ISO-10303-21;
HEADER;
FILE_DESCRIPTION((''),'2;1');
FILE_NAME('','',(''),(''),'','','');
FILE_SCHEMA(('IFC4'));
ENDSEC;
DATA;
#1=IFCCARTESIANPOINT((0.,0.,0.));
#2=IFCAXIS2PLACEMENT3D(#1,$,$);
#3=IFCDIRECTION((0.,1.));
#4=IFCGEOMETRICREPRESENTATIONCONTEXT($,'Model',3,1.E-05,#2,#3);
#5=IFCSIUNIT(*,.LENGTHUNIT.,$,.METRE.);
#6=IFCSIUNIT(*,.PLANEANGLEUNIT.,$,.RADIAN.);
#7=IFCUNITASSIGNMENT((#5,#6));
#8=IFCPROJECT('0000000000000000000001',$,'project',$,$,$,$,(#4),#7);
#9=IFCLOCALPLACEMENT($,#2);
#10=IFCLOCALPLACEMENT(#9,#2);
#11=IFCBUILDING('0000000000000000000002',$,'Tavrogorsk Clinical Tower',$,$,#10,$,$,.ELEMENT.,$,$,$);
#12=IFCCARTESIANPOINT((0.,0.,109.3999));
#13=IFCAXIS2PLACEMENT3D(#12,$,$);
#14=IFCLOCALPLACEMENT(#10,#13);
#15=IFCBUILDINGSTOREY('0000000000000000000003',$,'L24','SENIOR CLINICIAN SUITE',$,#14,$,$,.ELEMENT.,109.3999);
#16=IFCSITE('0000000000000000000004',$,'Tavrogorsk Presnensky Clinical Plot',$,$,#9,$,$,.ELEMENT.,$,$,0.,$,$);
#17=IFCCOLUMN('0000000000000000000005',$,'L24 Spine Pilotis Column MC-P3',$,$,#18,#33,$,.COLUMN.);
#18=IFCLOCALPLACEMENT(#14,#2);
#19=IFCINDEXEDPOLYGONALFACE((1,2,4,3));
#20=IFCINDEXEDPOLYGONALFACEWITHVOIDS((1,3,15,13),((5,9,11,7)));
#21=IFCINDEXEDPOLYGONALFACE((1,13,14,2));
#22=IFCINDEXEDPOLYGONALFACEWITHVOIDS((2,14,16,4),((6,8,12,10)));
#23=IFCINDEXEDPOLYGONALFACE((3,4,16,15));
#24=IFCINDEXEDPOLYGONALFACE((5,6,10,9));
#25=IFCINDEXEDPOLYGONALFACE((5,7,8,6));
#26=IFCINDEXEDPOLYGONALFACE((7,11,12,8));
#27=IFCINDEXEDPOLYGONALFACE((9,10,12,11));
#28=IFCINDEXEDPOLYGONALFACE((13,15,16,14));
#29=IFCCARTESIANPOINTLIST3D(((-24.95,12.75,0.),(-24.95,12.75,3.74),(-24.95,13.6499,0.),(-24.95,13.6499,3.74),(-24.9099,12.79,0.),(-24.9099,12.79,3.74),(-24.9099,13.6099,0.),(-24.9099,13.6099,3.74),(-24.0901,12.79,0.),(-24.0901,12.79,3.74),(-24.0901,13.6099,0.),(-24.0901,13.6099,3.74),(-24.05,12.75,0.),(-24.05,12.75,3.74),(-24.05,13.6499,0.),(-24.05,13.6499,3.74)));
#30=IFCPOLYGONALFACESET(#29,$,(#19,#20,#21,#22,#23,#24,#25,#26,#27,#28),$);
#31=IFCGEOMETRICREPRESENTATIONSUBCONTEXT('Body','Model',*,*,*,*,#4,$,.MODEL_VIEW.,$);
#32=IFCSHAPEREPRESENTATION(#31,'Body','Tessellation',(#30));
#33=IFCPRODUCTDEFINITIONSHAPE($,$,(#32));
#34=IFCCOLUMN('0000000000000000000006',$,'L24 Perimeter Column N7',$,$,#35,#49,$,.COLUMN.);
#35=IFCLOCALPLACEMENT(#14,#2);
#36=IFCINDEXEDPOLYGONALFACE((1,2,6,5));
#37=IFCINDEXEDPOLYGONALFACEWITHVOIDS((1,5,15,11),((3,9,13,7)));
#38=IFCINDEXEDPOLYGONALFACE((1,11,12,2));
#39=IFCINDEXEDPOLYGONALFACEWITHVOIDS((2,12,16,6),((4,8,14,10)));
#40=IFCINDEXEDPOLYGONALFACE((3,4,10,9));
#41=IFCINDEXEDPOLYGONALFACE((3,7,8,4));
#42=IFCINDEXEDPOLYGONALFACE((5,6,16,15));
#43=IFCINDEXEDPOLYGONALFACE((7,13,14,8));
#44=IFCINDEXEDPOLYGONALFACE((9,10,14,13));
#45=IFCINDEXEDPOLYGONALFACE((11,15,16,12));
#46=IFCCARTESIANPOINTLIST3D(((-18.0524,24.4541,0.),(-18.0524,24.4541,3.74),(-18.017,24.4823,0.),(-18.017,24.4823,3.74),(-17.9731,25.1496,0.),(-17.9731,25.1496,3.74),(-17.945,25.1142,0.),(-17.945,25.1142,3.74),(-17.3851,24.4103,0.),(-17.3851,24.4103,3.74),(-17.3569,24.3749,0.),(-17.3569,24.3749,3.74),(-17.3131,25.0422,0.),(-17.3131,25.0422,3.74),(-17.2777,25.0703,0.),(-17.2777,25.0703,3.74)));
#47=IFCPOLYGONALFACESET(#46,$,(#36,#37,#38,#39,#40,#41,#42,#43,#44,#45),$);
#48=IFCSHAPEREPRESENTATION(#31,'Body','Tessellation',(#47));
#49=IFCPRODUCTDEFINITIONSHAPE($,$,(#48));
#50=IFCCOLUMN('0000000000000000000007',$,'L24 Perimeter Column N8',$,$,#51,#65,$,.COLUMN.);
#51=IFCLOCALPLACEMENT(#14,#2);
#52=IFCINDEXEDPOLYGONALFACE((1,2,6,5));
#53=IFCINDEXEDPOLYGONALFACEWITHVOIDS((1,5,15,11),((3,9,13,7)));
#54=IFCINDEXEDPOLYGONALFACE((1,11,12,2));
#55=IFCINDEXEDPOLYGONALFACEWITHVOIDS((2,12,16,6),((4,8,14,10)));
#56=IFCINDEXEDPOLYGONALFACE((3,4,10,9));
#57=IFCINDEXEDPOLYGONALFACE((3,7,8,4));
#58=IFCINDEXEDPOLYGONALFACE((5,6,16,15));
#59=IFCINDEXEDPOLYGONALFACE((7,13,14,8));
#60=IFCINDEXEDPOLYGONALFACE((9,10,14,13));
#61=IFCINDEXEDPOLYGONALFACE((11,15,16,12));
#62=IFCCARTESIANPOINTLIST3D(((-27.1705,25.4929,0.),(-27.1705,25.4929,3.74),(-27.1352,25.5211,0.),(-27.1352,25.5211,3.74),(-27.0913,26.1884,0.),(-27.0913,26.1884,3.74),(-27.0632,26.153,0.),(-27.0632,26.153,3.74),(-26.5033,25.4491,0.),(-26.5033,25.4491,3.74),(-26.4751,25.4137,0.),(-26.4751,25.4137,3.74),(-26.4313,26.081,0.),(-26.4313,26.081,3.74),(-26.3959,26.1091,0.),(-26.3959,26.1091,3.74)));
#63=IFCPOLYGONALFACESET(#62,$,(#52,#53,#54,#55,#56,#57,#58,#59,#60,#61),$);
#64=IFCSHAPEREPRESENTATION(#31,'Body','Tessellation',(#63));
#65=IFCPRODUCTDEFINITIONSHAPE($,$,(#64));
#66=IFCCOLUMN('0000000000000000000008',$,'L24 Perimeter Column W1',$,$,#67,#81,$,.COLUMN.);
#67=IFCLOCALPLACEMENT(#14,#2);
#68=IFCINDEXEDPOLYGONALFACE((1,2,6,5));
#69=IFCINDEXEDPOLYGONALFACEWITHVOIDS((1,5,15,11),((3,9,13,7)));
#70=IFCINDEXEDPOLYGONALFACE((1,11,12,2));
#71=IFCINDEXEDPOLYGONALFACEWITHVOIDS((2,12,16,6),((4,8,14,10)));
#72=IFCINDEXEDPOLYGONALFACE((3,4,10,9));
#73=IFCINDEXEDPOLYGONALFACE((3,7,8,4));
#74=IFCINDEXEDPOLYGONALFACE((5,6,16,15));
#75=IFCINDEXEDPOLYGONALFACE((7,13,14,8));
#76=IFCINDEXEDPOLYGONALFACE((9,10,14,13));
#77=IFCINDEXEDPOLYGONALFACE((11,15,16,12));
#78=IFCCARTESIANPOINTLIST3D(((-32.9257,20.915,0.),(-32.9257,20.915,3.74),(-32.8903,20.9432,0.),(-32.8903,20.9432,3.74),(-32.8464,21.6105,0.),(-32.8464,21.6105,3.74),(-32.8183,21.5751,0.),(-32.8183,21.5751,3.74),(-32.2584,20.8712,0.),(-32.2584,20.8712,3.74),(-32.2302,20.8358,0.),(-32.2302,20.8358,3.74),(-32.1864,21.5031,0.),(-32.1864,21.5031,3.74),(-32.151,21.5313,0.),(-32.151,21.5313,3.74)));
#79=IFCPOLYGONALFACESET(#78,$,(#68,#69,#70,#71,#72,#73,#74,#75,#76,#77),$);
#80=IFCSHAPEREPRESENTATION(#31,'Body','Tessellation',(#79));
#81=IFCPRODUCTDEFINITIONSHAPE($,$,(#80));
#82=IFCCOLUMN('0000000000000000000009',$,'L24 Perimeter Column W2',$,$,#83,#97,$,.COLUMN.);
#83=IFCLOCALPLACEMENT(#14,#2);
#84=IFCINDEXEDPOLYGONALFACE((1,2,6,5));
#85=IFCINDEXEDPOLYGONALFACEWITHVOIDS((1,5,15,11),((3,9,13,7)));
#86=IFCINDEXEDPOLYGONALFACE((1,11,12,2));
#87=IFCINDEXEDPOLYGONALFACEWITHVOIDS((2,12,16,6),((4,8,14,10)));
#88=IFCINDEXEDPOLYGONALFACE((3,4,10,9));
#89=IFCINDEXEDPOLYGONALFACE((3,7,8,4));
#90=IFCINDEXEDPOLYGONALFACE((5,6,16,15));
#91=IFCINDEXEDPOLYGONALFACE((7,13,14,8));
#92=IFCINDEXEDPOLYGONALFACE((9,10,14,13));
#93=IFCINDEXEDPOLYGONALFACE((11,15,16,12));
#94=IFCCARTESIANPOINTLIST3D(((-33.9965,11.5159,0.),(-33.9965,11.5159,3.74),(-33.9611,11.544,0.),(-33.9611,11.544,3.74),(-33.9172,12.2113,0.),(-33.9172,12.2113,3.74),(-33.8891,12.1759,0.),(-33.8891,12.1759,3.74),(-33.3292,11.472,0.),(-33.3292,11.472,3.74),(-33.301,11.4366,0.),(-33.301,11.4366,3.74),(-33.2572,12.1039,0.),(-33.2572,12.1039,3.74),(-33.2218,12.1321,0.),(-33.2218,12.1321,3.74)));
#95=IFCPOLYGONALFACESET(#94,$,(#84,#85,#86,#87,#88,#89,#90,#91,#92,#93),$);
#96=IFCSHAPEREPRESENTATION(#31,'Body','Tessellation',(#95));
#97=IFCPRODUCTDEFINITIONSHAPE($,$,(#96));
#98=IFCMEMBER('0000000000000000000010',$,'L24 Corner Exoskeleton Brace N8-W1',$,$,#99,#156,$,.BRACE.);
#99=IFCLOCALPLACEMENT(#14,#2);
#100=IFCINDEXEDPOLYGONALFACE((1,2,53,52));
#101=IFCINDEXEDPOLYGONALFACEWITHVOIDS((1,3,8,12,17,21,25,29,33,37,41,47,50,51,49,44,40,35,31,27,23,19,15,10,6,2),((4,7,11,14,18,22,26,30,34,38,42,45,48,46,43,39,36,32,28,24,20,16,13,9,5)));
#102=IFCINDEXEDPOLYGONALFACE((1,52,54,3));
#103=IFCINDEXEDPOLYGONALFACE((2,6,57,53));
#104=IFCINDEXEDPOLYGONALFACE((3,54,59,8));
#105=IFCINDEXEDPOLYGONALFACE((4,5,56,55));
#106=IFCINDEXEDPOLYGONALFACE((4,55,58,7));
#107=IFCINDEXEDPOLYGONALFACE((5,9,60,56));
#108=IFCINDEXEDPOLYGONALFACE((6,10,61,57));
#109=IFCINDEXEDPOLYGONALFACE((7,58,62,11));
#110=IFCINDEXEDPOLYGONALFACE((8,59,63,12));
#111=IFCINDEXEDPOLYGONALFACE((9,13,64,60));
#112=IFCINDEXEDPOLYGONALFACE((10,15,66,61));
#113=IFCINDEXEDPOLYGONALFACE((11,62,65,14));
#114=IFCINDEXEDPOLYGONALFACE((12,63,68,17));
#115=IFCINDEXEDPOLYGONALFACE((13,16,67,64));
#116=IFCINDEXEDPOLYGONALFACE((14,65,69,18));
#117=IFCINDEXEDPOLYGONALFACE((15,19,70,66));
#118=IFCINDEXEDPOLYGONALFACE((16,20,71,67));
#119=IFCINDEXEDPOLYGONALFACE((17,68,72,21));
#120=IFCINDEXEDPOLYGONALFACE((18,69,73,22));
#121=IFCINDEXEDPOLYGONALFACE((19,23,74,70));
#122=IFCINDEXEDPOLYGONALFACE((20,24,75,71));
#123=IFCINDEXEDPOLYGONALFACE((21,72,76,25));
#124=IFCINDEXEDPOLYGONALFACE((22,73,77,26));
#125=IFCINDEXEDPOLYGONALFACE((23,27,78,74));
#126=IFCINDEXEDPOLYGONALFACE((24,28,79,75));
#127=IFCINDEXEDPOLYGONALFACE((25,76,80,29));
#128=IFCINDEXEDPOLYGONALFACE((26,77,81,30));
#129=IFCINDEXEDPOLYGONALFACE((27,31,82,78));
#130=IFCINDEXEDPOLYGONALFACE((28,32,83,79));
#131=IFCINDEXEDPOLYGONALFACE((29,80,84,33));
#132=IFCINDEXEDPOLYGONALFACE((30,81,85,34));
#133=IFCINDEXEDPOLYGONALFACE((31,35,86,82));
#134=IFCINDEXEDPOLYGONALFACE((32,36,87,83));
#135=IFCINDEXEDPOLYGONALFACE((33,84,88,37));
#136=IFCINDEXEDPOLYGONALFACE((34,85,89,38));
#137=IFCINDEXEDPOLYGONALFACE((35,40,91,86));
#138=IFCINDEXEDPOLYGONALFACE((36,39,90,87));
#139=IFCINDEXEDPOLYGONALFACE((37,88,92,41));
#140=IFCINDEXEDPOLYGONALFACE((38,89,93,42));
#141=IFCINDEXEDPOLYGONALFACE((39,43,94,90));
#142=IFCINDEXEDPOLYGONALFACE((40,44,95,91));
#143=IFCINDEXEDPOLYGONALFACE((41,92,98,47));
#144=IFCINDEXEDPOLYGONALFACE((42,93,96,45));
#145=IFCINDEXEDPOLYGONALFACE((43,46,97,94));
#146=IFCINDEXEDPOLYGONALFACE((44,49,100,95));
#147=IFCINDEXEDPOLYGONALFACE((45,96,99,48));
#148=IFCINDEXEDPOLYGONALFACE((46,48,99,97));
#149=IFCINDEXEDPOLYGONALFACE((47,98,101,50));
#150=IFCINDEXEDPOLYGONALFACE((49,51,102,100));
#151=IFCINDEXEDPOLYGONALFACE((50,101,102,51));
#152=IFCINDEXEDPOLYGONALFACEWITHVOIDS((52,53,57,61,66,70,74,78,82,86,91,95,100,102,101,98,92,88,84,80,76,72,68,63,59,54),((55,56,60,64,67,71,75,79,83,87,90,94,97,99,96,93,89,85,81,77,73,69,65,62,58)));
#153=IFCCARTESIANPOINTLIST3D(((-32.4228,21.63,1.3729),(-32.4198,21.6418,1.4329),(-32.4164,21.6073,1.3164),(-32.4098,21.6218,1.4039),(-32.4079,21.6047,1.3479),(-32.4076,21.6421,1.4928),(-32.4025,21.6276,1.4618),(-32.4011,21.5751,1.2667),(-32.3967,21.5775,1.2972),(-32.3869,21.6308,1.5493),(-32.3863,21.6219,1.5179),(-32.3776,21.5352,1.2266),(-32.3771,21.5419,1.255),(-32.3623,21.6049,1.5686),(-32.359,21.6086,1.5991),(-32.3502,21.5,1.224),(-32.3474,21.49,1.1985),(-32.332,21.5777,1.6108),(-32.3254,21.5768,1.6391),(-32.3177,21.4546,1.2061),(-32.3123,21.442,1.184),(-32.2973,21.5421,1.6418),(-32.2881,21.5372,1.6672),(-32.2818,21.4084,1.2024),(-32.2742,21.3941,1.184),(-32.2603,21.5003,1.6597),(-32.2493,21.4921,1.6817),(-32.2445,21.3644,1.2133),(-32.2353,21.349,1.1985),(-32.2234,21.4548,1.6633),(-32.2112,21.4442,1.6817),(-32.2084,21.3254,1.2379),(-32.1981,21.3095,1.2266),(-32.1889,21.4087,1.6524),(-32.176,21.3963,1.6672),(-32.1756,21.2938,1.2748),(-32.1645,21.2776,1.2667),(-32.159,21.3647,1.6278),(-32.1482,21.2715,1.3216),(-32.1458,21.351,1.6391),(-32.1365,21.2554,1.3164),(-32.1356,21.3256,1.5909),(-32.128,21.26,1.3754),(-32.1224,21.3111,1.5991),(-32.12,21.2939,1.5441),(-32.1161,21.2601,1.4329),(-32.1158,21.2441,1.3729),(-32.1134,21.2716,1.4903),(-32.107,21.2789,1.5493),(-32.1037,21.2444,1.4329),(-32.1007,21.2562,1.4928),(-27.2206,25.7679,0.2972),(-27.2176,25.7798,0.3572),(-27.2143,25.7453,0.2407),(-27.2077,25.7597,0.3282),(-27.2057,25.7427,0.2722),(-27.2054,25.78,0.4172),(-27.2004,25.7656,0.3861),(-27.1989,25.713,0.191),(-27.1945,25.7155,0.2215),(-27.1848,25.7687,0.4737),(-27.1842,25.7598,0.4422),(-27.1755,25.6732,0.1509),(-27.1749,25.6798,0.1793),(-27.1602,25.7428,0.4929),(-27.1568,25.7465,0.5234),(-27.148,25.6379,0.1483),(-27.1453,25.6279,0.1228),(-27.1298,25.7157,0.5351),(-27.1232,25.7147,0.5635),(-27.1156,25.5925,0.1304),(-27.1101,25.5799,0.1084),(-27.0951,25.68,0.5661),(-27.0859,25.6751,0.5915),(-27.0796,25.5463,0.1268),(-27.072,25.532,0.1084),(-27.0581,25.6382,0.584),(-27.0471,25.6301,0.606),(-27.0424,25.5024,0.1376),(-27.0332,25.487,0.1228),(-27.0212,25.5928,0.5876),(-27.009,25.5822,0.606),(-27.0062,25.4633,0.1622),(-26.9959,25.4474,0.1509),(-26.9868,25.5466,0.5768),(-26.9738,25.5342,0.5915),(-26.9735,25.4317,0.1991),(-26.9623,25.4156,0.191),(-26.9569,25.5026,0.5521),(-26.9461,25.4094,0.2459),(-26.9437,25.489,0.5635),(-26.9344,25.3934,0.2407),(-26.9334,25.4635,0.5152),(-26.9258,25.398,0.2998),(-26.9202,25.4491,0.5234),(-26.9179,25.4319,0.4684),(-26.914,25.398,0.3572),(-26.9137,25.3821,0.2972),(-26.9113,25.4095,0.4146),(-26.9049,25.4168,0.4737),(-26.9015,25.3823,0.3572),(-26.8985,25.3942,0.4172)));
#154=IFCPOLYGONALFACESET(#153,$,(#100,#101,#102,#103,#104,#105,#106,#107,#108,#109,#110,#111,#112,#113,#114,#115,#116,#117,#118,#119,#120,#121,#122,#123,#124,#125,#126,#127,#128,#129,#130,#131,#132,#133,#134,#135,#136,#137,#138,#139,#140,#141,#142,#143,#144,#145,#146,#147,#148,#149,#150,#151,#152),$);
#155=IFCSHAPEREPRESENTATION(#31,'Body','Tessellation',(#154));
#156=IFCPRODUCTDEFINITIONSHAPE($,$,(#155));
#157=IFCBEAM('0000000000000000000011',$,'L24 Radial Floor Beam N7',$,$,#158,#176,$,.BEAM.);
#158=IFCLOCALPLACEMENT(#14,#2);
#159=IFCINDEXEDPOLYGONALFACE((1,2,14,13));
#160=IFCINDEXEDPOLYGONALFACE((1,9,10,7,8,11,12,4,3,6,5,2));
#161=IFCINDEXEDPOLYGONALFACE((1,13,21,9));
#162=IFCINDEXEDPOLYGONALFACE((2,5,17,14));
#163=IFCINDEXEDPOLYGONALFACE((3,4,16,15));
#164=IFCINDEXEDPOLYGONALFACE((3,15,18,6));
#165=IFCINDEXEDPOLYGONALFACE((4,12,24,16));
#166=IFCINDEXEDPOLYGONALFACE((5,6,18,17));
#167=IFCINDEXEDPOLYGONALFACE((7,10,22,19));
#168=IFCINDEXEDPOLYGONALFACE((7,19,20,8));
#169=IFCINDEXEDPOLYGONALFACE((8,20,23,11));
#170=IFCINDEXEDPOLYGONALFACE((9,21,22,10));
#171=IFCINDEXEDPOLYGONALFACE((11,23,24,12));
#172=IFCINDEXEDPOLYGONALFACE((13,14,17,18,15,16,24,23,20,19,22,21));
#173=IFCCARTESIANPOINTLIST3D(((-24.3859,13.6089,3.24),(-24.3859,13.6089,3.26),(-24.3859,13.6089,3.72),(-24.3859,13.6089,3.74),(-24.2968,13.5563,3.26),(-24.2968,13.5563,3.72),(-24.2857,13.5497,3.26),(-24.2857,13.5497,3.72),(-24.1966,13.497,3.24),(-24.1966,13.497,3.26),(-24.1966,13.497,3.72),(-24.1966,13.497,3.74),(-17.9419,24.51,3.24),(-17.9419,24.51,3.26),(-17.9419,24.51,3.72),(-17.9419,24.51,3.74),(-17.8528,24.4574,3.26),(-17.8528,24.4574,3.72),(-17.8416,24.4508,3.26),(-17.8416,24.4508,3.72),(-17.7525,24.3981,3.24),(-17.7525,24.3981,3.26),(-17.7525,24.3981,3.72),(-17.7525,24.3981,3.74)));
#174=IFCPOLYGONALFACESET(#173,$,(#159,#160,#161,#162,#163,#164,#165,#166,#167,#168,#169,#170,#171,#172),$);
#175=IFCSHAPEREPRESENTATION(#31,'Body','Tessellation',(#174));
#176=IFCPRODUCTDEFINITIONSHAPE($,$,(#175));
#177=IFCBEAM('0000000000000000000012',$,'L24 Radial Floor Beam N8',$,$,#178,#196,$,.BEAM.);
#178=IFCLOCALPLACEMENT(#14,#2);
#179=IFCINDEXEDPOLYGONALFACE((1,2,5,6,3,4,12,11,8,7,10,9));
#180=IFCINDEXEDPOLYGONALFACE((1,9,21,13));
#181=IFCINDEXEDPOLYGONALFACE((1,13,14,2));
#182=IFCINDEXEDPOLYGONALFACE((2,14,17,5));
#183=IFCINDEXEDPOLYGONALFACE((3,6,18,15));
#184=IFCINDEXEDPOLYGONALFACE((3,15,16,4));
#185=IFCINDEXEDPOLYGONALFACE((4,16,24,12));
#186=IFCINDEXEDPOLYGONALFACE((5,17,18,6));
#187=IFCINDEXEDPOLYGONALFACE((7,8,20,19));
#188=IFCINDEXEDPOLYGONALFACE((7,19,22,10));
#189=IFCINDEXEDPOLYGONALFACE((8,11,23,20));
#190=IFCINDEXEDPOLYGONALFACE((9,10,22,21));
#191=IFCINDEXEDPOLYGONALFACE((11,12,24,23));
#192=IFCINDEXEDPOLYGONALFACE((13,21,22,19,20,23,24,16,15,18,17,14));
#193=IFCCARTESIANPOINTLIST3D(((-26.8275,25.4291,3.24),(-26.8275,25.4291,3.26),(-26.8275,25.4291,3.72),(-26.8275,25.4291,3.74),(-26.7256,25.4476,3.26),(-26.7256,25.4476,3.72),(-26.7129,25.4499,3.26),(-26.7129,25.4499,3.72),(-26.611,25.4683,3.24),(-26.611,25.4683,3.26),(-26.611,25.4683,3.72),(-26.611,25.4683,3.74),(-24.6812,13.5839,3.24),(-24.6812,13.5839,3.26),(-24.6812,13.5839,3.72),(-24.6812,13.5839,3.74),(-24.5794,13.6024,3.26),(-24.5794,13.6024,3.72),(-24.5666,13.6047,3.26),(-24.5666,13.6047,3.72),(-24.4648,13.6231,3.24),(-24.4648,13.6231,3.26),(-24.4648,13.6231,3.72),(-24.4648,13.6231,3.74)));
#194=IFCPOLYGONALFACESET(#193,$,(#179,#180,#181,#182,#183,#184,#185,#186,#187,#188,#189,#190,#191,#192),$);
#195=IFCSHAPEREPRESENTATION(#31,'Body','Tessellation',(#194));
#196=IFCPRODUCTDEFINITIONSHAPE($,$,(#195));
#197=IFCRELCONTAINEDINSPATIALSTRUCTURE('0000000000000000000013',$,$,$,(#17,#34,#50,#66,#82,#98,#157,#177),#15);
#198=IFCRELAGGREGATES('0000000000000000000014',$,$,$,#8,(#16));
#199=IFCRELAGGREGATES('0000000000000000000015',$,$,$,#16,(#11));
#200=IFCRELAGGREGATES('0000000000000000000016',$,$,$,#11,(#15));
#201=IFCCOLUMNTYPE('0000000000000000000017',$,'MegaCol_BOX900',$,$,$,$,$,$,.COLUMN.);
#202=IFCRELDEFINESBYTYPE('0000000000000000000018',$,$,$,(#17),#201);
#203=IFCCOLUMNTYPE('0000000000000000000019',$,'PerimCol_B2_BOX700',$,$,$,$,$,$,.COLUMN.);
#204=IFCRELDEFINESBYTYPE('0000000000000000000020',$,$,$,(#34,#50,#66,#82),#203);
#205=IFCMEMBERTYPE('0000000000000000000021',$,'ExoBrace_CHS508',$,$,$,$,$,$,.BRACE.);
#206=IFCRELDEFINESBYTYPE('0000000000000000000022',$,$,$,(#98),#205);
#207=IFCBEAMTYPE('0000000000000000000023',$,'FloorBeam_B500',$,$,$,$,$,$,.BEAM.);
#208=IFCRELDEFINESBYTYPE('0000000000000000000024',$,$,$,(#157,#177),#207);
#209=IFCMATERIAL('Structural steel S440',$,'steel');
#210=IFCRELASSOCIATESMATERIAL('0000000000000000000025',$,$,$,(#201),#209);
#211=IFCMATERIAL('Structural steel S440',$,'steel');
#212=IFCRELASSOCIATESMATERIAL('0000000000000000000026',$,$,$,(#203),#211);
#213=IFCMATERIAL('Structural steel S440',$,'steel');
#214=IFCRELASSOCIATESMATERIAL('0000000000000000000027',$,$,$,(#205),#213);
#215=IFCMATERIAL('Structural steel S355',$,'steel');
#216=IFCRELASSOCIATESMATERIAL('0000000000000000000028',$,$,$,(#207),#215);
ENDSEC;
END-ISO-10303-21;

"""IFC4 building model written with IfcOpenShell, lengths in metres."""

from ifc_helpers import new_model, si_unit, direction, frame, origin, origin_2d, place, context, subcontext, project, spatial, hollow_rectangle, hollow_circle, i_section, extrude, material, material_profile, profile_set, type_object, element, save


model = new_model("IFC4")

# Units and contexts
model_context = context("Model", 3, precision=1e-05, world=origin(), true_north=direction((0.0, 1.0)))
body_context = subcontext(model_context, "Body", "Model", "MODEL_VIEW")
ifc_project = project(units=[si_unit("LENGTHUNIT", "METRE"), si_unit("PLANEANGLEUNIT", "RADIAN")], contexts=[model_context])

# Site, building, storey
site_placement = place(None, origin())
site = spatial("IfcSite", under=ifc_project, at=site_placement, Name="Tavrogorsk Presnensky Clinical Plot", CompositionType="ELEMENT", RefElevation=0.0)
building_placement = place(site_placement, origin())
building = spatial("IfcBuilding", under=site, at=building_placement, Name="Tavrogorsk Clinical Tower", CompositionType="ELEMENT")
storey_placement = place(building_placement, frame((0.0, 0.0, 109.3999)))
storey = spatial("IfcBuildingStorey", under=building, at=storey_placement, Name="L24", Description="SENIOR CLINICIAN SUITE", CompositionType="ELEMENT", Elevation=109.3999)

# Columns
ifc_material_1 = material(Name="Structural steel S440", Category="steel")
ifc_material_profile_1 = material_profile(ifc_material_1, hollow_rectangle(XDim=0.8999, YDim=0.8999, WallThickness=0.04, at=origin_2d()), Name="BOX-900x900x40")
ifc_profile_set_1 = profile_set([ifc_material_profile_1], Name="Structural steel S440")
column_type_1 = type_object("IfcColumnType", Name="MegaCol_BOX900", PredefinedType="COLUMN", material=ifc_profile_set_1)
column_placement = place(storey_placement, frame((-24.5, 13.2, 0.0), z_axis=(0.0, 0.0, 1.0), x_axis=(1.0, 0.0, 0.0)))
element("IfcColumn", 1, at=column_placement, inside=storey, type_object=column_type_1, Name="L24 Spine Pilotis Column MC-P3", PredefinedType="COLUMN", context=body_context, shape_type="SweptSolid", body=[
    extrude(hollow_rectangle(XDim=0.8999, YDim=0.8999, WallThickness=0.04, at=origin_2d()), origin(), (0.0, 0.0, 1.0), 3.74),
])
ifc_material_2 = material(Name="Structural steel S440", Category="steel")
ifc_material_profile_2 = material_profile(ifc_material_2, hollow_rectangle(XDim=0.7, YDim=0.7, WallThickness=0.032, at=origin_2d()), Name="BOX-700x700x32")
ifc_profile_set_2 = profile_set([ifc_material_profile_2], Name="Structural steel S440")
column_type_2 = type_object("IfcColumnType", Name="PerimCol_B2_BOX700", PredefinedType="COLUMN", material=ifc_profile_set_2)
for number, where, z_axis, x_axis, name in (
    (2, (-17.665, 24.7622, 0.0), (0.0, 0.0, 1.0), (0.993572, -0.113203, 0.0), "L24 Perimeter Column N7"),
    (3, (-26.7832, 25.801, 0.0), (0.0, 0.0, 1.0), (0.993572, -0.113203, 0.0), "L24 Perimeter Column N8"),
    (4, (-32.5383, 21.2231, 0.0), (0.0, 0.0, 1.0), (0.993572, -0.113203, 0.0), "L24 Perimeter Column W1"),
    (5, (-33.6091, 11.824, 0.0), (0.0, 0.0, 1.0), (0.993572, -0.113203, 0.0), "L24 Perimeter Column W2"),
):
    element("IfcColumn", number, at=place(storey_placement, frame(where, z_axis=z_axis, x_axis=x_axis)), inside=storey, type_object=column_type_2, Name=name, PredefinedType="COLUMN", context=body_context, shape_type="SweptSolid", body=[
        extrude(hollow_rectangle(XDim=0.7, YDim=0.7, WallThickness=0.032, at=origin_2d()), origin(), (0.0, 0.0, 1.0), 3.74),
    ])

# Member
ifc_material_3 = material(Name="Structural steel S440", Category="steel")
ifc_material_profile_3 = material_profile(ifc_material_3, hollow_circle(Radius=0.2539, WallThickness=0.02, at=origin_2d()), Name="CHS-508x20")
ifc_profile_set_3 = profile_set([ifc_material_profile_3], Name="Structural steel S440")
member_type_1 = type_object("IfcMemberType", Name="ExoBrace_CHS508", PredefinedType="BRACE", material=ifc_profile_set_3)
member_1_placement = place(storey_placement, frame((-27.0596, 25.5811, 0.3572), z_axis=(-0.77256, -0.614517, 0.159748), x_axis=(0.622511, -0.782611, 0.0)))
element("IfcMember", 6, at=member_1_placement, inside=storey, type_object=member_type_1, Name="L24 Corner Exoskeleton Brace N8-W1", PredefinedType="BRACE", context=body_context, shape_type="SweptSolid", body=[
    extrude(hollow_circle(Radius=0.2539, WallThickness=0.02, at=origin_2d()), origin(), (0.0, 0.0, 1.0), 6.7336),
])

# Beams
ifc_material_4 = material(Name="Structural steel S355", Category="steel")
ifc_material_profile_4 = material_profile(ifc_material_4, i_section(OverallWidth=0.22, OverallDepth=0.5, WebThickness=0.0129, FlangeThickness=0.02, at=origin_2d()), Name="B-500x220x13x20")
ifc_profile_set_4 = profile_set([ifc_material_profile_4], Name="Structural steel S355")
beam_type_1 = type_object("IfcBeamType", Name="FloorBeam_B500", PredefinedType="BEAM", material=ifc_profile_set_4)
beam_1_placement = place(storey_placement, frame((-24.2913, 13.553, 3.49), z_axis=(0.508877, 0.860839, 0.0), x_axis=(-0.860839, 0.508877, 0.0)))
element("IfcBeam", 7, at=beam_1_placement, inside=storey, type_object=beam_type_1, Name="L24 Radial Floor Beam N7", PredefinedType="BEAM", context=body_context, shape_type="SweptSolid", body=[
    extrude(i_section(OverallWidth=0.22, OverallDepth=0.5, WebThickness=0.0129, FlangeThickness=0.02, at=origin_2d()), origin(), (0.0, 0.0, 1.0), 12.6633),
])
beam_2_placement = place(storey_placement, frame((-24.573, 13.6035, 3.49), z_axis=(-0.178288, 0.983978, 0.0), x_axis=(-0.983978, -0.178288, 0.0)))
element("IfcBeam", 8, at=beam_2_placement, inside=storey, type_object=beam_type_1, Name="L24 Radial Floor Beam N8", PredefinedType="BEAM", context=body_context, shape_type="SweptSolid", body=[
    extrude(i_section(OverallWidth=0.22, OverallDepth=0.5, WebThickness=0.0129, FlangeThickness=0.02, at=origin_2d()), origin(), (0.0, 0.0, 1.0), 12.0381),
])

save(model, "model.ifc")
